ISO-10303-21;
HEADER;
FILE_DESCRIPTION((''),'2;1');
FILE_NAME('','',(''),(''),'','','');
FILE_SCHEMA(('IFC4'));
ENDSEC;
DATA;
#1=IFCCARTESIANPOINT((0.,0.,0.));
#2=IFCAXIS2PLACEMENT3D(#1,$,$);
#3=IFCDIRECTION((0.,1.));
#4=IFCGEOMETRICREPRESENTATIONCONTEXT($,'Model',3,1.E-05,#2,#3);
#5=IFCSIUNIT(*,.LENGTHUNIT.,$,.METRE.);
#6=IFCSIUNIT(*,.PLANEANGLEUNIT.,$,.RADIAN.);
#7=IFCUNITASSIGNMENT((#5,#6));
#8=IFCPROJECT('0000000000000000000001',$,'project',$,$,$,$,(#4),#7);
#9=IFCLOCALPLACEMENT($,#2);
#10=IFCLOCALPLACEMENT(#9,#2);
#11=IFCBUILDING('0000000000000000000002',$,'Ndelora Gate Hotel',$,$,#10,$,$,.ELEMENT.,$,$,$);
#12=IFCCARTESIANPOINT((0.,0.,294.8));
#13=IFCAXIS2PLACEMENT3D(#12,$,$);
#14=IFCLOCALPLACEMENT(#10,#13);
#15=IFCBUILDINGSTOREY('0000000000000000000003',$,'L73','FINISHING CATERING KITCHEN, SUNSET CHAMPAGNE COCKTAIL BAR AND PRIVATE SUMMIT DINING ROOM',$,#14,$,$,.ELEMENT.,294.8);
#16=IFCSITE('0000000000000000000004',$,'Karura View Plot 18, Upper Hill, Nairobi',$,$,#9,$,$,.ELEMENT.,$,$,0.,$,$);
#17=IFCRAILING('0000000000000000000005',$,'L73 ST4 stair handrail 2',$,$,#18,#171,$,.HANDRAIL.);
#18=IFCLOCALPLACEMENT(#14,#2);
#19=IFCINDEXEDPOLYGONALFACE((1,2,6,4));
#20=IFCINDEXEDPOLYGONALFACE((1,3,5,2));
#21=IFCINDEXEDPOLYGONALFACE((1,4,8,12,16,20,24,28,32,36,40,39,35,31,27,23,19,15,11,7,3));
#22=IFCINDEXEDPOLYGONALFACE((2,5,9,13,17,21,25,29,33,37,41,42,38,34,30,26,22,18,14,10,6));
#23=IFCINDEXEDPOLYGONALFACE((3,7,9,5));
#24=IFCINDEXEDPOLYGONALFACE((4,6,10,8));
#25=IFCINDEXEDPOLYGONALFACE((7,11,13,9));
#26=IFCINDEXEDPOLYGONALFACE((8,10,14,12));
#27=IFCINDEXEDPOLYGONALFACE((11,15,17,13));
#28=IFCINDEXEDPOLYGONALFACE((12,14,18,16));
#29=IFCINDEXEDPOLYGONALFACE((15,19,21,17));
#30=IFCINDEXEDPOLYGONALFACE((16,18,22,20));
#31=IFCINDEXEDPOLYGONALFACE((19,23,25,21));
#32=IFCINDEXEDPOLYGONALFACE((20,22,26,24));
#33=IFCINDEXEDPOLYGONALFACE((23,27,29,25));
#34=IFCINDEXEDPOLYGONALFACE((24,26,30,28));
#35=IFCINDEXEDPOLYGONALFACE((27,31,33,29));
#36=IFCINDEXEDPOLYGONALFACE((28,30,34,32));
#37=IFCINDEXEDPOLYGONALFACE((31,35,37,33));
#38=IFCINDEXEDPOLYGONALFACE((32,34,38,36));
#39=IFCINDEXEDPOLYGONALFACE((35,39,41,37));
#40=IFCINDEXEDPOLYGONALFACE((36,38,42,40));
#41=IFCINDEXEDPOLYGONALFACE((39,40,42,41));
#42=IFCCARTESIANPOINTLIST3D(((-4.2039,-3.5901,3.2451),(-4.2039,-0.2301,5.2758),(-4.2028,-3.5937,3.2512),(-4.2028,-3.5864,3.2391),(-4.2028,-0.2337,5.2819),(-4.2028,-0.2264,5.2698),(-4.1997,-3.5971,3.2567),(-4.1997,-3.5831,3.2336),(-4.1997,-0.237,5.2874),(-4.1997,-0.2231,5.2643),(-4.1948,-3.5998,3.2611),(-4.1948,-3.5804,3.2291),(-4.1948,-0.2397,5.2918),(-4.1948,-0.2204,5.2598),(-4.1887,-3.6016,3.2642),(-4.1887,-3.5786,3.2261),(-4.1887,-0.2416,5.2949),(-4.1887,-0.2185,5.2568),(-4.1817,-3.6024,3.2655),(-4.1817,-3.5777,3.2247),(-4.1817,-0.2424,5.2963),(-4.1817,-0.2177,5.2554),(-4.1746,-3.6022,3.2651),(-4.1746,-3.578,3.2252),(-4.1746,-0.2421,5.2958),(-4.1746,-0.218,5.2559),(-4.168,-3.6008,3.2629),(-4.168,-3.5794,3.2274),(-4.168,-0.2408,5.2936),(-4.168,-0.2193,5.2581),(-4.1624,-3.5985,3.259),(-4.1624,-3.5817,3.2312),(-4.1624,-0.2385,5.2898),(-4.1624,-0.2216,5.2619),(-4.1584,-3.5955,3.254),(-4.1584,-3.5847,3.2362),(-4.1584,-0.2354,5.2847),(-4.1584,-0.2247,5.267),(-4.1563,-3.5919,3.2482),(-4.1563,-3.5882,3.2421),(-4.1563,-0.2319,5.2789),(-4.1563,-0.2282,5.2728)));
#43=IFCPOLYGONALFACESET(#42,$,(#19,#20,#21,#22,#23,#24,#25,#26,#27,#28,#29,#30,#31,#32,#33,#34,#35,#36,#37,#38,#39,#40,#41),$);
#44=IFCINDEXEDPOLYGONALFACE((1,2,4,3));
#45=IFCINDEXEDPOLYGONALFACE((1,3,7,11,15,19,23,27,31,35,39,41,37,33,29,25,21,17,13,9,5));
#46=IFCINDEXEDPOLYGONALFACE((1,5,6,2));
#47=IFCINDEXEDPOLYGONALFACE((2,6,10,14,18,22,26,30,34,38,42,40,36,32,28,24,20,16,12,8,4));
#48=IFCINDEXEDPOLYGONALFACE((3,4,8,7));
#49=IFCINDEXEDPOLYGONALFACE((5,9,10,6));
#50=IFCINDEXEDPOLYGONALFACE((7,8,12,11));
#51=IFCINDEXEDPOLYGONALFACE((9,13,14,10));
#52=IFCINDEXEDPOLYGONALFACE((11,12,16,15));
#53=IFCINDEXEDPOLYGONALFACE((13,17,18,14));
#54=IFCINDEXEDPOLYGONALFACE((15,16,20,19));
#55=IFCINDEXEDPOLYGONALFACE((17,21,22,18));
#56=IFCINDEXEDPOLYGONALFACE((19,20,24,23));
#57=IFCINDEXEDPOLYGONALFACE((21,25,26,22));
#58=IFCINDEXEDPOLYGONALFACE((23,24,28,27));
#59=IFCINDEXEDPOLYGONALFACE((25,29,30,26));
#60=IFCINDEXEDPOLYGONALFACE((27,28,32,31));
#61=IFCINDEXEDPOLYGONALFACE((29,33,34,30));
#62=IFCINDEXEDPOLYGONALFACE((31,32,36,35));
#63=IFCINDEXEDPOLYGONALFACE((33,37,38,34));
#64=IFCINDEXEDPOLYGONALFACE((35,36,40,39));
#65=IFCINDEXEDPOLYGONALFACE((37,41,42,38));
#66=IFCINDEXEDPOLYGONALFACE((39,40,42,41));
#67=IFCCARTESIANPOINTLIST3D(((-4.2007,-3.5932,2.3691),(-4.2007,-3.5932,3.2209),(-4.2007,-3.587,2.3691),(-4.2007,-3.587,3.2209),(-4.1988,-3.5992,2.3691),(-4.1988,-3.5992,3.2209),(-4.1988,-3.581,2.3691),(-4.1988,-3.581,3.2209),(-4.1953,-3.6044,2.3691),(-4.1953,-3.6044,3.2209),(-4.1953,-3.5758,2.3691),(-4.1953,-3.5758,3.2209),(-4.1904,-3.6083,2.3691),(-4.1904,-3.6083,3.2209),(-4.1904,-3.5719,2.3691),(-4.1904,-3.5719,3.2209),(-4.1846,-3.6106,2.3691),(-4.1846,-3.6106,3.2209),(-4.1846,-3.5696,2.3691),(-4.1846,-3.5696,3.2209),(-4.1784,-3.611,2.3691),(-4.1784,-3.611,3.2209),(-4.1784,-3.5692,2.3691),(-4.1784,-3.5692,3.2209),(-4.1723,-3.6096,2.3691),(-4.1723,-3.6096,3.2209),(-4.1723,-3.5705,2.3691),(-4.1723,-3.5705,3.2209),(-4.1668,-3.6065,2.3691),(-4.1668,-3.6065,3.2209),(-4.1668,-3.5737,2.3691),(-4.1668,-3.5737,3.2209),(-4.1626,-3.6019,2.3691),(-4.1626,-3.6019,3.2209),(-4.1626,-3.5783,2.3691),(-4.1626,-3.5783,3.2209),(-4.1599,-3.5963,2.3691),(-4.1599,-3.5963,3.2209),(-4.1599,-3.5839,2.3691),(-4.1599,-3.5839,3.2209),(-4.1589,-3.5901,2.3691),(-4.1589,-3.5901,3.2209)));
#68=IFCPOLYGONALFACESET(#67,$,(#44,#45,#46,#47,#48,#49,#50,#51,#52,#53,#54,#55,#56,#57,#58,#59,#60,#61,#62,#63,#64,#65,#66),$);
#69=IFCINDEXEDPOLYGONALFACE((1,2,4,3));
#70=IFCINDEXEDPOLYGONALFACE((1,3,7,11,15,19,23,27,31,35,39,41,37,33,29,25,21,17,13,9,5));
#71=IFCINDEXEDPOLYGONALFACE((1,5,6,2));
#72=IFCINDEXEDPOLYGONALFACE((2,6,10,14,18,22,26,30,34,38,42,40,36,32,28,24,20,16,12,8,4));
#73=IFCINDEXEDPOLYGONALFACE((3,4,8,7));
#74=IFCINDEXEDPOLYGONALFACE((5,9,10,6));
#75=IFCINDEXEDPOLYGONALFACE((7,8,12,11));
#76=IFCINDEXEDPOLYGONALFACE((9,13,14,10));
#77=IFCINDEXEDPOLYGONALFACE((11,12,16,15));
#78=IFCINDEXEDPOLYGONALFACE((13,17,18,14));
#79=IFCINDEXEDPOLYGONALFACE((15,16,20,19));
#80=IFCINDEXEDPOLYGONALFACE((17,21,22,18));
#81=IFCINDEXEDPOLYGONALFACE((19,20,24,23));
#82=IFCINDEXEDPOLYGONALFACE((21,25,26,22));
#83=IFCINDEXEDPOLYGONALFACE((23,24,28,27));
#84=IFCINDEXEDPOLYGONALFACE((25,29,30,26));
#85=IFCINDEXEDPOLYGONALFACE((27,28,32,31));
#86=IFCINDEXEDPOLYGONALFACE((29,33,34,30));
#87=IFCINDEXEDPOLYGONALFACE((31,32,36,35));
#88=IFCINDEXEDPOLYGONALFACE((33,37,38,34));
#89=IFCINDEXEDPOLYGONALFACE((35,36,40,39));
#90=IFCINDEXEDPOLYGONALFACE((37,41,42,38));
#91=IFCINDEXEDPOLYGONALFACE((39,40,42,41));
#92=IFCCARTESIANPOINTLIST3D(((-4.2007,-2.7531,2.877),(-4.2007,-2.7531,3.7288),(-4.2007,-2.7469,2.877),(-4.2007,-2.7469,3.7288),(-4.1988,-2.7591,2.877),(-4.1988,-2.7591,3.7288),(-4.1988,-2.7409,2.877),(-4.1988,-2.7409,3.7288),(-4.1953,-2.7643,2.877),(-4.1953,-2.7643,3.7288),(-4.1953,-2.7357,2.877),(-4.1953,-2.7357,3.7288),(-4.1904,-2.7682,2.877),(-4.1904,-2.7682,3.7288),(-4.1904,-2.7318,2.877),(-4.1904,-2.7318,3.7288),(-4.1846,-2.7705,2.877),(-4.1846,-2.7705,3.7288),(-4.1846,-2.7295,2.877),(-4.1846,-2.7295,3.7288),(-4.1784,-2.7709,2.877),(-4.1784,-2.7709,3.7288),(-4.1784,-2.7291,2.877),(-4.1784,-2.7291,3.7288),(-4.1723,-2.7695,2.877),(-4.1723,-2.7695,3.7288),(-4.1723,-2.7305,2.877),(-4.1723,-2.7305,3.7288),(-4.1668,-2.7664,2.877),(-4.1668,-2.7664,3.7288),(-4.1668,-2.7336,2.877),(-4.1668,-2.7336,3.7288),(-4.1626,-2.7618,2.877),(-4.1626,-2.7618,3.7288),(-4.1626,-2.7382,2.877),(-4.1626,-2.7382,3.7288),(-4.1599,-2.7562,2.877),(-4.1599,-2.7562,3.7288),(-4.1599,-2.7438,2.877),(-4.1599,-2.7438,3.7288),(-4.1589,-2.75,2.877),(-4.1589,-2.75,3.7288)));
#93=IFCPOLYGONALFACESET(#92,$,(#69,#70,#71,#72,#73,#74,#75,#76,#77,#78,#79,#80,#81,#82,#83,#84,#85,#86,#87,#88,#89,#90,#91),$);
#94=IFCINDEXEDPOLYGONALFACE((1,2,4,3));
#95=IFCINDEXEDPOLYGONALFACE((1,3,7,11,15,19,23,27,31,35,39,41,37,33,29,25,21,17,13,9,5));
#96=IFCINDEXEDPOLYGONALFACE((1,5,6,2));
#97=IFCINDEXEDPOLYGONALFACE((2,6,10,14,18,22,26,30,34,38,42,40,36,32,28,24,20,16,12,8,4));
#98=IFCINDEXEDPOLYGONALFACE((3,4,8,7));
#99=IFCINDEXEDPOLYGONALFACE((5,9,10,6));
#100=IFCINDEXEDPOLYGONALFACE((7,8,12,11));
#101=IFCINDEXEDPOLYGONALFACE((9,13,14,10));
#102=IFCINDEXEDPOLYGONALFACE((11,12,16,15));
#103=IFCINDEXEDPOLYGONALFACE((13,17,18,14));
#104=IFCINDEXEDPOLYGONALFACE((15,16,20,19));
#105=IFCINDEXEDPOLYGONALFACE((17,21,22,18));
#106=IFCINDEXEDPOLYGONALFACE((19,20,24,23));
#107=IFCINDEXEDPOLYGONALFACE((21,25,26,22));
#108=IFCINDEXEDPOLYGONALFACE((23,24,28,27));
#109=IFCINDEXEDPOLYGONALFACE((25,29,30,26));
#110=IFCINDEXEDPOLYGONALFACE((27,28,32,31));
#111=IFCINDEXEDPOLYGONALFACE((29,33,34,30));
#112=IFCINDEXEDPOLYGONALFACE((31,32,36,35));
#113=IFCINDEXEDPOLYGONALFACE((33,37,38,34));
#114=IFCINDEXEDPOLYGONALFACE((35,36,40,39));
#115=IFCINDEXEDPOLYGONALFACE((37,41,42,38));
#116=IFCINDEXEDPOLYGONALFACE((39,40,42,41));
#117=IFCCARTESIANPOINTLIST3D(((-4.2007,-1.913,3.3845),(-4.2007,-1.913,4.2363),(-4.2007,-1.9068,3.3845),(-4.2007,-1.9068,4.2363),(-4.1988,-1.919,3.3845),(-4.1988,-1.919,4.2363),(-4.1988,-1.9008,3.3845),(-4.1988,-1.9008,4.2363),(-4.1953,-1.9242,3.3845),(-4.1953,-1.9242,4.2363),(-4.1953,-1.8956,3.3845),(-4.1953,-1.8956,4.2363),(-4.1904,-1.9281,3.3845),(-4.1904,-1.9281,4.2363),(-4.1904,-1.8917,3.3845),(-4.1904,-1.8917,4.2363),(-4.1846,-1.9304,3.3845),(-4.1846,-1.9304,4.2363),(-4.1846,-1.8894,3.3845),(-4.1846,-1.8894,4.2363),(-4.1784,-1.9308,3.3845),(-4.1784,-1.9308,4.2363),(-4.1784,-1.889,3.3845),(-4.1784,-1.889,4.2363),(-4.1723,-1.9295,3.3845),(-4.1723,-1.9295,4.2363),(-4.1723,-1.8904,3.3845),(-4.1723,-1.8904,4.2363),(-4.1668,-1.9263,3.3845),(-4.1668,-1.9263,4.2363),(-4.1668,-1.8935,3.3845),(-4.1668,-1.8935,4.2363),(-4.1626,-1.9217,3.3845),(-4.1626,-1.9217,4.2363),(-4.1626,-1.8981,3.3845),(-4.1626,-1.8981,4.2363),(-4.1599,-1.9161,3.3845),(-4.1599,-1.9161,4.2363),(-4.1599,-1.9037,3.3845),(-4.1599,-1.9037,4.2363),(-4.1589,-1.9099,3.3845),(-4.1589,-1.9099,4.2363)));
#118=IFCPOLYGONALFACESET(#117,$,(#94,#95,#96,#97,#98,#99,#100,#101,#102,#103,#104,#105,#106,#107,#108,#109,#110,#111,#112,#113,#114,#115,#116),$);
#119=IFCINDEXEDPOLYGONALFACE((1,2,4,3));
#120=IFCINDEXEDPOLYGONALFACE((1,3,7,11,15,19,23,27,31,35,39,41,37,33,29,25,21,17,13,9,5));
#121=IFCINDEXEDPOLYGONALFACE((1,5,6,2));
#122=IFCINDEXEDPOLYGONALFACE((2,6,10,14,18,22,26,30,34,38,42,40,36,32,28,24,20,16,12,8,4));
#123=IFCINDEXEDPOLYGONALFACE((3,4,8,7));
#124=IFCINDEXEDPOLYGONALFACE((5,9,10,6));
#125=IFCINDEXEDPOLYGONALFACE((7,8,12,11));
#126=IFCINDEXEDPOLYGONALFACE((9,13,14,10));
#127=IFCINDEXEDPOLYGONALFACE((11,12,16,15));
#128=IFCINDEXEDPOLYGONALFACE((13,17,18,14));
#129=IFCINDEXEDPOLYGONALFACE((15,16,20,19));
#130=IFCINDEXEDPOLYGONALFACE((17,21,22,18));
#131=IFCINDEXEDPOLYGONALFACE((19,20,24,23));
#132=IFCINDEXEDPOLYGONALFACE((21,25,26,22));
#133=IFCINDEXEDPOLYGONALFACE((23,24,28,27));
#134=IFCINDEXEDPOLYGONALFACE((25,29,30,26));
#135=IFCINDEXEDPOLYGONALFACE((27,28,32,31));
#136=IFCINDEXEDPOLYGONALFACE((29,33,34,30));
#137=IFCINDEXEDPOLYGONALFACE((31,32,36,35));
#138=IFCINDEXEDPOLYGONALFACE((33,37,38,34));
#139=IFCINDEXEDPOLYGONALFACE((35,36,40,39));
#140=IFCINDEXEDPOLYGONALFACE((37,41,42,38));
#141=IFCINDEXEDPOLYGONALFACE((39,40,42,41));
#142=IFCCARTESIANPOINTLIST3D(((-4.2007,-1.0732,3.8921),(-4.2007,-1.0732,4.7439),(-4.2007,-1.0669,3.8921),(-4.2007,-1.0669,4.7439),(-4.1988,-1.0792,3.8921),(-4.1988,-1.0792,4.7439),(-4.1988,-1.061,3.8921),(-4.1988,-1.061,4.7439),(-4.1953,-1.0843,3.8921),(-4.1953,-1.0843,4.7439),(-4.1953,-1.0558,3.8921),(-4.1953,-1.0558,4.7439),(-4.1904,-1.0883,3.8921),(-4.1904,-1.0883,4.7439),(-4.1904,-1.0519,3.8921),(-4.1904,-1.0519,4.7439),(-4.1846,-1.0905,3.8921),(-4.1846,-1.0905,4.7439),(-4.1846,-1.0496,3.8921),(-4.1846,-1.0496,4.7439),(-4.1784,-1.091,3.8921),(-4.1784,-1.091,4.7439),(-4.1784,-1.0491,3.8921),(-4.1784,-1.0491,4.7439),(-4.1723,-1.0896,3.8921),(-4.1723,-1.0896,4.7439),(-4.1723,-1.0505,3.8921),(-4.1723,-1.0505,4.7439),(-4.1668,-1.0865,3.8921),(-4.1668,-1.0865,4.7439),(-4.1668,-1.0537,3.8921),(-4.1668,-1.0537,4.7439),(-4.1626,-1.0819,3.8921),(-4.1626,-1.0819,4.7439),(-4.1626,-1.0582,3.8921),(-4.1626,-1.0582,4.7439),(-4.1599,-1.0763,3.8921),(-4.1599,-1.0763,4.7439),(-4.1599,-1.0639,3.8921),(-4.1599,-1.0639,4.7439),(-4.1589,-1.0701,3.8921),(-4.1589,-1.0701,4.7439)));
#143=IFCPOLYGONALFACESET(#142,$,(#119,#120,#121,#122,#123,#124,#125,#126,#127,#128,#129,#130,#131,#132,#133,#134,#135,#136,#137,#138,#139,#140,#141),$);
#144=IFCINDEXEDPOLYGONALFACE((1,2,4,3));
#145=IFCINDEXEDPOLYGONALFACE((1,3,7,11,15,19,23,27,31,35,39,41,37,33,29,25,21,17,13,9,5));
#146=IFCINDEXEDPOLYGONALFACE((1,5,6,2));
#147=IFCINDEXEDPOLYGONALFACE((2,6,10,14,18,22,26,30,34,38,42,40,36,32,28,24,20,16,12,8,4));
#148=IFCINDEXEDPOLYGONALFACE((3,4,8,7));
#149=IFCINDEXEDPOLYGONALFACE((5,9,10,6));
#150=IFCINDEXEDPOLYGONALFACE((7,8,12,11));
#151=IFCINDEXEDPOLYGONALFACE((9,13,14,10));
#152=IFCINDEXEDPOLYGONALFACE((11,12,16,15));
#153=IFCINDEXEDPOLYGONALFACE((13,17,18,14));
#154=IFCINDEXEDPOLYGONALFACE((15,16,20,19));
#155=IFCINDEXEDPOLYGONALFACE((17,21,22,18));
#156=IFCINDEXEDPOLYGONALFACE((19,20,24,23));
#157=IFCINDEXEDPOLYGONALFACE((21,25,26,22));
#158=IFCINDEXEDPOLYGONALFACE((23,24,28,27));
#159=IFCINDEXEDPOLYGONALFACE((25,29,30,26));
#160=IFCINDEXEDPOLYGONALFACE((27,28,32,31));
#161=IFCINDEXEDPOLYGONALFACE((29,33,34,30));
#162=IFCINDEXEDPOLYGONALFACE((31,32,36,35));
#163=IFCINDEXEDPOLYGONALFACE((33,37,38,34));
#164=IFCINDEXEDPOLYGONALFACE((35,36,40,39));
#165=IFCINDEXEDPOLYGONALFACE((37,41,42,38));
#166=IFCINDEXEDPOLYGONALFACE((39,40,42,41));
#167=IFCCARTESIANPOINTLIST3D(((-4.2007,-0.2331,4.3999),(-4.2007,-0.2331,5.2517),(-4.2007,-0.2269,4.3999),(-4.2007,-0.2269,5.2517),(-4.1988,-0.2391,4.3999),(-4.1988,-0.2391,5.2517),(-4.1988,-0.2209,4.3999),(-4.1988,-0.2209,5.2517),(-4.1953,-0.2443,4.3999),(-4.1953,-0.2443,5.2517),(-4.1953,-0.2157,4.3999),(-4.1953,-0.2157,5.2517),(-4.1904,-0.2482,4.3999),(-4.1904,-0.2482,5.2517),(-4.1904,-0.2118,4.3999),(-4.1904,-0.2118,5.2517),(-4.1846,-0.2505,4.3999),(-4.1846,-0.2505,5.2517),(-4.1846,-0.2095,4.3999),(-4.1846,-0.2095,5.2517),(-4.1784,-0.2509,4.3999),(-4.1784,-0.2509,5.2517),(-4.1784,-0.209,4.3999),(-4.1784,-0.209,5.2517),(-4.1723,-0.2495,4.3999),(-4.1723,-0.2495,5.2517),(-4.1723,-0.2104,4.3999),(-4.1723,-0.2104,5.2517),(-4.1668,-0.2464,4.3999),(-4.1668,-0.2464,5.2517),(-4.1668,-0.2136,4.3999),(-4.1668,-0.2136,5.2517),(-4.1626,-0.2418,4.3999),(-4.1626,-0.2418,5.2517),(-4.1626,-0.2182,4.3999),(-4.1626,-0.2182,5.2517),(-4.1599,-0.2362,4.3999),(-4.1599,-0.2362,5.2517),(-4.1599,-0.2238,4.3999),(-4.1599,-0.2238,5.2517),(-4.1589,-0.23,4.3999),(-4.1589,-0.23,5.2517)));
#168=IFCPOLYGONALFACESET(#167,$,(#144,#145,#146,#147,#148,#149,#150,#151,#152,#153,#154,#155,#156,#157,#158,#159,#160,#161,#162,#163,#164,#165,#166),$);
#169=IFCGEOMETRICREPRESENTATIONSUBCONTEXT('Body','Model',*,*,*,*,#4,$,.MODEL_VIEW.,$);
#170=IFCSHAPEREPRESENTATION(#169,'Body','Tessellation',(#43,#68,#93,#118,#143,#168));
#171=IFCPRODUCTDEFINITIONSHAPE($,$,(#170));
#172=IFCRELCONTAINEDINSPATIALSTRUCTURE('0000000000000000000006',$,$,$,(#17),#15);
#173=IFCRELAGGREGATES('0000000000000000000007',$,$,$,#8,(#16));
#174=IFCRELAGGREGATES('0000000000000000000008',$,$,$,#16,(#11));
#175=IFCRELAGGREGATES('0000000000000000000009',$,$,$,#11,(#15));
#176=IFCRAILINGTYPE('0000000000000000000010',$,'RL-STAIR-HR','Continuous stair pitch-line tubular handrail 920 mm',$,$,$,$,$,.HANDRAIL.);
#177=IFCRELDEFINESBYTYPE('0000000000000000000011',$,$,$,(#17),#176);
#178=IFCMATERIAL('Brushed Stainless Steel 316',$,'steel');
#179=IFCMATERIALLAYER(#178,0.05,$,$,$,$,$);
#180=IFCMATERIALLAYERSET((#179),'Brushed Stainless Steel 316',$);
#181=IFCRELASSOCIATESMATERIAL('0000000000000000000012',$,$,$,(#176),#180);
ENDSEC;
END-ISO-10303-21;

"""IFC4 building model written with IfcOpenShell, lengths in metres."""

from ifc_helpers import new_model, si_unit, direction, frame, origin, origin_2d, place, context, subcontext, project, spatial, circle, extrude, material, layer, layer_set, type_object, element, save


model = new_model("IFC4")

# Units and contexts
model_context = context("Model", 3, precision=1e-05, world=origin(), true_north=direction((0.0, 1.0)))
body_context = subcontext(model_context, "Body", "Model", "MODEL_VIEW")
ifc_project = project(units=[si_unit("LENGTHUNIT", "METRE"), si_unit("PLANEANGLEUNIT", "RADIAN")], contexts=[model_context])

# Site, building, storey
site_placement = place(None, origin())
site = spatial("IfcSite", under=ifc_project, at=site_placement, Name="Karura View Plot 18, Upper Hill, Nairobi", CompositionType="ELEMENT", RefElevation=0.0)
building_placement = place(site_placement, origin())
building = spatial("IfcBuilding", under=site, at=building_placement, Name="Ndelora Gate Hotel", CompositionType="ELEMENT")
storey_placement = place(building_placement, frame((0.0, 0.0, 294.8)))
storey = spatial("IfcBuildingStorey", under=building, at=storey_placement, Name="L73", Description="FINISHING CATERING KITCHEN, SUNSET CHAMPAGNE COCKTAIL BAR AND PRIVATE SUMMIT DINING ROOM", CompositionType="ELEMENT", Elevation=294.8)

# Railing
ifc_material_1 = material(Name="Brushed Stainless Steel 316", Category="steel")
ifc_layer_1 = layer(ifc_material_1, 0.05)
ifc_layer_set_1 = layer_set([ifc_layer_1], Name="Brushed Stainless Steel 316")
railing_type_1 = type_object("IfcRailingType", Name="RL-STAIR-HR", Description="Continuous stair pitch-line tubular handrail 920 mm", PredefinedType="HANDRAIL", material=ifc_layer_set_1)
railing_1_placement = place(storey_placement, frame((-4.1799, -3.5901, 2.3691)))
element("IfcRailing", 1, at=railing_1_placement, inside=storey, type_object=railing_type_1, Name="L73 ST4 stair handrail 2", PredefinedType="HANDRAIL", context=body_context, shape_type="SweptSolid", body=[
    extrude(circle(Radius=0.0239, at=origin_2d()), frame((0.0, 0.0, 0.876), z_axis=(0.0, 0.855837, 0.517246), x_axis=(-1.0, 0.0, 0.0)), (0.0, 0.0, 1.0), 3.926),
    extrude(circle(Radius=0.021, at=origin_2d()), origin(), (0.0, 0.0, 1.0), 0.8518),
    extrude(circle(Radius=0.021, at=origin_2d()), frame((0.0, 0.8401, 0.5078)), (0.0, 0.0, 1.0), 0.8518),
    extrude(circle(Radius=0.021, at=origin_2d()), frame((0.0, 1.6802, 1.0154)), (0.0, 0.0, 1.0), 0.8518),
    extrude(circle(Radius=0.021, at=origin_2d()), frame((0.0, 2.52, 1.5229)), (0.0, 0.0, 1.0), 0.8518),
    extrude(circle(Radius=0.021, at=origin_2d()), frame((0.0, 3.3601, 2.0308)), (0.0, 0.0, 1.0), 0.8518),
])

save(model, "model.ifc")
